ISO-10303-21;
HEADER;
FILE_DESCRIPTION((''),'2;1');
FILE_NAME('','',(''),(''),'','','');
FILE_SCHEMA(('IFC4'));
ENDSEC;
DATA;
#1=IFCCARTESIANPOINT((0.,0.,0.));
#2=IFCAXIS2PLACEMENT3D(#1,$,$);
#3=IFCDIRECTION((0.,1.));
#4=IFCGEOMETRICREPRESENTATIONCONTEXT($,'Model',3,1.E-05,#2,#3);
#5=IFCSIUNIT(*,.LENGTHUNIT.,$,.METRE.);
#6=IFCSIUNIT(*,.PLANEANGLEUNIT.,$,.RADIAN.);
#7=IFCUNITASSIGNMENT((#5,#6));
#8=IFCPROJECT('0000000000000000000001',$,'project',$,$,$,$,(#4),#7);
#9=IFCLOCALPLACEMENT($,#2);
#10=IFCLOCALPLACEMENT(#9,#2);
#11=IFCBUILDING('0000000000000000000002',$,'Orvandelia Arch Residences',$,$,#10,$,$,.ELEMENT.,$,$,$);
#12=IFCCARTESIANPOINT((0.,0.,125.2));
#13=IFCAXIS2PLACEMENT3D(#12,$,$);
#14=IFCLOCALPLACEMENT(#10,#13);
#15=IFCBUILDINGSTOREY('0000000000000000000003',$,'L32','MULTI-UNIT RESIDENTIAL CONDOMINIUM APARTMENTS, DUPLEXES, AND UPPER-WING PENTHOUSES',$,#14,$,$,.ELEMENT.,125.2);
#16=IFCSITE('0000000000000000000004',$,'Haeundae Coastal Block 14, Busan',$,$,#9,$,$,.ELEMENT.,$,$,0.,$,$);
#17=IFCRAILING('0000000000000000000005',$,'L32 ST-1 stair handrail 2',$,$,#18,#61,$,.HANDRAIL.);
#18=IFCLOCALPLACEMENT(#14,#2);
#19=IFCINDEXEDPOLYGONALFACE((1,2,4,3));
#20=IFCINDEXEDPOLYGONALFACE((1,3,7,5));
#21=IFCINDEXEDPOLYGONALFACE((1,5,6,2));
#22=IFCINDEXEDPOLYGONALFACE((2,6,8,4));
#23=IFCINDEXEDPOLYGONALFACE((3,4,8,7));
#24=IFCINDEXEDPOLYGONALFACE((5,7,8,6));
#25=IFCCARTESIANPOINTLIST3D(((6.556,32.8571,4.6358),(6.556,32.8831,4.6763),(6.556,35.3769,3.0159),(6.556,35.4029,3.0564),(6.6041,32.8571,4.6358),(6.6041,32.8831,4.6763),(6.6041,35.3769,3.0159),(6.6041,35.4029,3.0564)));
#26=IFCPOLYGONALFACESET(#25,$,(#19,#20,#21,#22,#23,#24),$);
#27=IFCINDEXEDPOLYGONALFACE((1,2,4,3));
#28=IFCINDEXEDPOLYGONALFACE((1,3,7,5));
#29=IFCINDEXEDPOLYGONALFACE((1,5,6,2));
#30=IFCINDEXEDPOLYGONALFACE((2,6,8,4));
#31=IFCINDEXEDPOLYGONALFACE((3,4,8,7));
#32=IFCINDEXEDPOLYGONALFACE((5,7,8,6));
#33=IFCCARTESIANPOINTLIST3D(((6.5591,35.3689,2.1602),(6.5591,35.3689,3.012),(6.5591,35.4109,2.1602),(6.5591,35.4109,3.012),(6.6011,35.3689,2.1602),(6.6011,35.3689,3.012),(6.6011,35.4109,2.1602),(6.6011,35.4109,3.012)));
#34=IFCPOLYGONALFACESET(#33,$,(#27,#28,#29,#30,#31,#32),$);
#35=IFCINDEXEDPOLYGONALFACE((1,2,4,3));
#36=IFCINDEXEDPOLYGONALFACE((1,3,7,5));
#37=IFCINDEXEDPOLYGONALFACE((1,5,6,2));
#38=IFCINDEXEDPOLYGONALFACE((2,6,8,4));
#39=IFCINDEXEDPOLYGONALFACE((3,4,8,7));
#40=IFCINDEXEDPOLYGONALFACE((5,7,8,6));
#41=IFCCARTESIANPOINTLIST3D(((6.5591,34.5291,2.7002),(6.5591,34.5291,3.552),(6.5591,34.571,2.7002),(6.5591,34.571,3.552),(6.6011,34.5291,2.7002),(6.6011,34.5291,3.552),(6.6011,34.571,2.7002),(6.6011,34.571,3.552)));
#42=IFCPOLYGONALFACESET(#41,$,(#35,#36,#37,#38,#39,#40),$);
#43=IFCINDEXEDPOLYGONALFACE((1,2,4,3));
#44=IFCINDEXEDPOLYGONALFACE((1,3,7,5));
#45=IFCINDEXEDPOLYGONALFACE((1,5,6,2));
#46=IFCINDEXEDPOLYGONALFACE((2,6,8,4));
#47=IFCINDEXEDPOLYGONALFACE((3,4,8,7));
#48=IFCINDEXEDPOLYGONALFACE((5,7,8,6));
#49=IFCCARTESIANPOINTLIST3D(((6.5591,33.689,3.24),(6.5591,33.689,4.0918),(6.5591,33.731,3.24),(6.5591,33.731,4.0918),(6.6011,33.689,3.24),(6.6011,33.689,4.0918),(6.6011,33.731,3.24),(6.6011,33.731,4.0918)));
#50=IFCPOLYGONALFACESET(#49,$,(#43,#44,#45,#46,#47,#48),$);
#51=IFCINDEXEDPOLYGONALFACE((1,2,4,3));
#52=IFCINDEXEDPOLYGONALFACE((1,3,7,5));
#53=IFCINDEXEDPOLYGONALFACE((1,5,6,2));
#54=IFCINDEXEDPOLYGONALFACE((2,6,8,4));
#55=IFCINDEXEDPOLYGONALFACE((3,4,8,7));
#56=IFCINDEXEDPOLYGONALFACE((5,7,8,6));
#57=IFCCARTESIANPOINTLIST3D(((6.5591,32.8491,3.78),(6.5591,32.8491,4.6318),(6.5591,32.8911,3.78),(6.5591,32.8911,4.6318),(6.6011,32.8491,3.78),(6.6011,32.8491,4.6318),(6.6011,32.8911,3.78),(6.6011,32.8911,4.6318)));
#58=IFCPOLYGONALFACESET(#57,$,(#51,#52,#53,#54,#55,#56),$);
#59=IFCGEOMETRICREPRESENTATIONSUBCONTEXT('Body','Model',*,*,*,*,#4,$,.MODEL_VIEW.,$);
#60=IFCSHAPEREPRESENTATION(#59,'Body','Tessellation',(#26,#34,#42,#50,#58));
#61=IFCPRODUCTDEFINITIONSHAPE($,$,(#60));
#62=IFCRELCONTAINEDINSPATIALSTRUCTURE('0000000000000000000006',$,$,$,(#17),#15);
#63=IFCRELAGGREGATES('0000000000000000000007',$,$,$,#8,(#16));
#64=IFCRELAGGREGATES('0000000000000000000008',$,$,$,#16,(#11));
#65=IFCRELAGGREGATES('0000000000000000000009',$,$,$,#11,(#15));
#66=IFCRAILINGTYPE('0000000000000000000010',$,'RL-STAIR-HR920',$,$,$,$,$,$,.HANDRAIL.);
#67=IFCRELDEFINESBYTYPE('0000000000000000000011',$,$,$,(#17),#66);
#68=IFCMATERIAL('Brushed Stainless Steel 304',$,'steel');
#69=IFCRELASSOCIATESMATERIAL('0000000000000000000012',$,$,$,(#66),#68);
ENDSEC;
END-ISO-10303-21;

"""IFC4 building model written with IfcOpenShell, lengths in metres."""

from ifc_helpers import new_model, si_unit, direction, frame, origin, origin_2d, place, context, subcontext, project, spatial, rectangle, extrude, material, type_object, element, save


model = new_model("IFC4")

# Units and contexts
model_context = context("Model", 3, precision=1e-05, world=origin(), true_north=direction((0.0, 1.0)))
body_context = subcontext(model_context, "Body", "Model", "MODEL_VIEW")
ifc_project = project(units=[si_unit("LENGTHUNIT", "METRE"), si_unit("PLANEANGLEUNIT", "RADIAN")], contexts=[model_context])

# Site, building, storey
site_placement = place(None, origin())
site = spatial("IfcSite", under=ifc_project, at=site_placement, Name="Haeundae Coastal Block 14, Busan", CompositionType="ELEMENT", RefElevation=0.0)
building_placement = place(site_placement, origin())
building = spatial("IfcBuilding", under=site, at=building_placement, Name="Orvandelia Arch Residences", CompositionType="ELEMENT")
storey_placement = place(building_placement, frame((0.0, 0.0, 125.2)))
storey = spatial("IfcBuildingStorey", under=building, at=storey_placement, Name="L32", Description="MULTI-UNIT RESIDENTIAL CONDOMINIUM APARTMENTS, DUPLEXES, AND UPPER-WING PENTHOUSES", CompositionType="ELEMENT", Elevation=125.2)

# Railing
ifc_material_1 = material(Name="Brushed Stainless Steel 304", Category="steel")
railing_type_1 = type_object("IfcRailingType", Name="RL-STAIR-HR920", PredefinedType="HANDRAIL", material=ifc_material_1)
railing_1_placement = place(storey_placement, frame((6.5801, 35.3899, 2.1602)))
element("IfcRailing", 1, at=railing_1_placement, inside=storey, type_object=railing_type_1, Name="L32 ST-1 stair handrail 2", PredefinedType="HANDRAIL", context=body_context, shape_type="SweptSolid", body=[
    extrude(rectangle(XDim=0.0481, YDim=0.0481, at=origin_2d()), frame((0.0, 0.0, 0.876), z_axis=(0.0, -0.841176, 0.540762), x_axis=(1.0, 0.0, 0.0)), (0.0, 0.0, 1.0), 2.9956),
    extrude(rectangle(XDim=0.042, YDim=0.042, at=origin_2d()), origin(), (0.0, 0.0, 1.0), 0.8518),
    extrude(rectangle(XDim=0.042, YDim=0.042, at=origin_2d()), frame((0.0, -0.8398, 0.54)), (0.0, 0.0, 1.0), 0.8518),
    extrude(rectangle(XDim=0.042, YDim=0.042, at=origin_2d()), frame((0.0, -1.6799, 1.0798)), (0.0, 0.0, 1.0), 0.8518),
    extrude(rectangle(XDim=0.042, YDim=0.042, at=origin_2d()), frame((0.0, -2.5198, 1.6199)), (0.0, 0.0, 1.0), 0.8518),
])

save(model, "model.ifc")
